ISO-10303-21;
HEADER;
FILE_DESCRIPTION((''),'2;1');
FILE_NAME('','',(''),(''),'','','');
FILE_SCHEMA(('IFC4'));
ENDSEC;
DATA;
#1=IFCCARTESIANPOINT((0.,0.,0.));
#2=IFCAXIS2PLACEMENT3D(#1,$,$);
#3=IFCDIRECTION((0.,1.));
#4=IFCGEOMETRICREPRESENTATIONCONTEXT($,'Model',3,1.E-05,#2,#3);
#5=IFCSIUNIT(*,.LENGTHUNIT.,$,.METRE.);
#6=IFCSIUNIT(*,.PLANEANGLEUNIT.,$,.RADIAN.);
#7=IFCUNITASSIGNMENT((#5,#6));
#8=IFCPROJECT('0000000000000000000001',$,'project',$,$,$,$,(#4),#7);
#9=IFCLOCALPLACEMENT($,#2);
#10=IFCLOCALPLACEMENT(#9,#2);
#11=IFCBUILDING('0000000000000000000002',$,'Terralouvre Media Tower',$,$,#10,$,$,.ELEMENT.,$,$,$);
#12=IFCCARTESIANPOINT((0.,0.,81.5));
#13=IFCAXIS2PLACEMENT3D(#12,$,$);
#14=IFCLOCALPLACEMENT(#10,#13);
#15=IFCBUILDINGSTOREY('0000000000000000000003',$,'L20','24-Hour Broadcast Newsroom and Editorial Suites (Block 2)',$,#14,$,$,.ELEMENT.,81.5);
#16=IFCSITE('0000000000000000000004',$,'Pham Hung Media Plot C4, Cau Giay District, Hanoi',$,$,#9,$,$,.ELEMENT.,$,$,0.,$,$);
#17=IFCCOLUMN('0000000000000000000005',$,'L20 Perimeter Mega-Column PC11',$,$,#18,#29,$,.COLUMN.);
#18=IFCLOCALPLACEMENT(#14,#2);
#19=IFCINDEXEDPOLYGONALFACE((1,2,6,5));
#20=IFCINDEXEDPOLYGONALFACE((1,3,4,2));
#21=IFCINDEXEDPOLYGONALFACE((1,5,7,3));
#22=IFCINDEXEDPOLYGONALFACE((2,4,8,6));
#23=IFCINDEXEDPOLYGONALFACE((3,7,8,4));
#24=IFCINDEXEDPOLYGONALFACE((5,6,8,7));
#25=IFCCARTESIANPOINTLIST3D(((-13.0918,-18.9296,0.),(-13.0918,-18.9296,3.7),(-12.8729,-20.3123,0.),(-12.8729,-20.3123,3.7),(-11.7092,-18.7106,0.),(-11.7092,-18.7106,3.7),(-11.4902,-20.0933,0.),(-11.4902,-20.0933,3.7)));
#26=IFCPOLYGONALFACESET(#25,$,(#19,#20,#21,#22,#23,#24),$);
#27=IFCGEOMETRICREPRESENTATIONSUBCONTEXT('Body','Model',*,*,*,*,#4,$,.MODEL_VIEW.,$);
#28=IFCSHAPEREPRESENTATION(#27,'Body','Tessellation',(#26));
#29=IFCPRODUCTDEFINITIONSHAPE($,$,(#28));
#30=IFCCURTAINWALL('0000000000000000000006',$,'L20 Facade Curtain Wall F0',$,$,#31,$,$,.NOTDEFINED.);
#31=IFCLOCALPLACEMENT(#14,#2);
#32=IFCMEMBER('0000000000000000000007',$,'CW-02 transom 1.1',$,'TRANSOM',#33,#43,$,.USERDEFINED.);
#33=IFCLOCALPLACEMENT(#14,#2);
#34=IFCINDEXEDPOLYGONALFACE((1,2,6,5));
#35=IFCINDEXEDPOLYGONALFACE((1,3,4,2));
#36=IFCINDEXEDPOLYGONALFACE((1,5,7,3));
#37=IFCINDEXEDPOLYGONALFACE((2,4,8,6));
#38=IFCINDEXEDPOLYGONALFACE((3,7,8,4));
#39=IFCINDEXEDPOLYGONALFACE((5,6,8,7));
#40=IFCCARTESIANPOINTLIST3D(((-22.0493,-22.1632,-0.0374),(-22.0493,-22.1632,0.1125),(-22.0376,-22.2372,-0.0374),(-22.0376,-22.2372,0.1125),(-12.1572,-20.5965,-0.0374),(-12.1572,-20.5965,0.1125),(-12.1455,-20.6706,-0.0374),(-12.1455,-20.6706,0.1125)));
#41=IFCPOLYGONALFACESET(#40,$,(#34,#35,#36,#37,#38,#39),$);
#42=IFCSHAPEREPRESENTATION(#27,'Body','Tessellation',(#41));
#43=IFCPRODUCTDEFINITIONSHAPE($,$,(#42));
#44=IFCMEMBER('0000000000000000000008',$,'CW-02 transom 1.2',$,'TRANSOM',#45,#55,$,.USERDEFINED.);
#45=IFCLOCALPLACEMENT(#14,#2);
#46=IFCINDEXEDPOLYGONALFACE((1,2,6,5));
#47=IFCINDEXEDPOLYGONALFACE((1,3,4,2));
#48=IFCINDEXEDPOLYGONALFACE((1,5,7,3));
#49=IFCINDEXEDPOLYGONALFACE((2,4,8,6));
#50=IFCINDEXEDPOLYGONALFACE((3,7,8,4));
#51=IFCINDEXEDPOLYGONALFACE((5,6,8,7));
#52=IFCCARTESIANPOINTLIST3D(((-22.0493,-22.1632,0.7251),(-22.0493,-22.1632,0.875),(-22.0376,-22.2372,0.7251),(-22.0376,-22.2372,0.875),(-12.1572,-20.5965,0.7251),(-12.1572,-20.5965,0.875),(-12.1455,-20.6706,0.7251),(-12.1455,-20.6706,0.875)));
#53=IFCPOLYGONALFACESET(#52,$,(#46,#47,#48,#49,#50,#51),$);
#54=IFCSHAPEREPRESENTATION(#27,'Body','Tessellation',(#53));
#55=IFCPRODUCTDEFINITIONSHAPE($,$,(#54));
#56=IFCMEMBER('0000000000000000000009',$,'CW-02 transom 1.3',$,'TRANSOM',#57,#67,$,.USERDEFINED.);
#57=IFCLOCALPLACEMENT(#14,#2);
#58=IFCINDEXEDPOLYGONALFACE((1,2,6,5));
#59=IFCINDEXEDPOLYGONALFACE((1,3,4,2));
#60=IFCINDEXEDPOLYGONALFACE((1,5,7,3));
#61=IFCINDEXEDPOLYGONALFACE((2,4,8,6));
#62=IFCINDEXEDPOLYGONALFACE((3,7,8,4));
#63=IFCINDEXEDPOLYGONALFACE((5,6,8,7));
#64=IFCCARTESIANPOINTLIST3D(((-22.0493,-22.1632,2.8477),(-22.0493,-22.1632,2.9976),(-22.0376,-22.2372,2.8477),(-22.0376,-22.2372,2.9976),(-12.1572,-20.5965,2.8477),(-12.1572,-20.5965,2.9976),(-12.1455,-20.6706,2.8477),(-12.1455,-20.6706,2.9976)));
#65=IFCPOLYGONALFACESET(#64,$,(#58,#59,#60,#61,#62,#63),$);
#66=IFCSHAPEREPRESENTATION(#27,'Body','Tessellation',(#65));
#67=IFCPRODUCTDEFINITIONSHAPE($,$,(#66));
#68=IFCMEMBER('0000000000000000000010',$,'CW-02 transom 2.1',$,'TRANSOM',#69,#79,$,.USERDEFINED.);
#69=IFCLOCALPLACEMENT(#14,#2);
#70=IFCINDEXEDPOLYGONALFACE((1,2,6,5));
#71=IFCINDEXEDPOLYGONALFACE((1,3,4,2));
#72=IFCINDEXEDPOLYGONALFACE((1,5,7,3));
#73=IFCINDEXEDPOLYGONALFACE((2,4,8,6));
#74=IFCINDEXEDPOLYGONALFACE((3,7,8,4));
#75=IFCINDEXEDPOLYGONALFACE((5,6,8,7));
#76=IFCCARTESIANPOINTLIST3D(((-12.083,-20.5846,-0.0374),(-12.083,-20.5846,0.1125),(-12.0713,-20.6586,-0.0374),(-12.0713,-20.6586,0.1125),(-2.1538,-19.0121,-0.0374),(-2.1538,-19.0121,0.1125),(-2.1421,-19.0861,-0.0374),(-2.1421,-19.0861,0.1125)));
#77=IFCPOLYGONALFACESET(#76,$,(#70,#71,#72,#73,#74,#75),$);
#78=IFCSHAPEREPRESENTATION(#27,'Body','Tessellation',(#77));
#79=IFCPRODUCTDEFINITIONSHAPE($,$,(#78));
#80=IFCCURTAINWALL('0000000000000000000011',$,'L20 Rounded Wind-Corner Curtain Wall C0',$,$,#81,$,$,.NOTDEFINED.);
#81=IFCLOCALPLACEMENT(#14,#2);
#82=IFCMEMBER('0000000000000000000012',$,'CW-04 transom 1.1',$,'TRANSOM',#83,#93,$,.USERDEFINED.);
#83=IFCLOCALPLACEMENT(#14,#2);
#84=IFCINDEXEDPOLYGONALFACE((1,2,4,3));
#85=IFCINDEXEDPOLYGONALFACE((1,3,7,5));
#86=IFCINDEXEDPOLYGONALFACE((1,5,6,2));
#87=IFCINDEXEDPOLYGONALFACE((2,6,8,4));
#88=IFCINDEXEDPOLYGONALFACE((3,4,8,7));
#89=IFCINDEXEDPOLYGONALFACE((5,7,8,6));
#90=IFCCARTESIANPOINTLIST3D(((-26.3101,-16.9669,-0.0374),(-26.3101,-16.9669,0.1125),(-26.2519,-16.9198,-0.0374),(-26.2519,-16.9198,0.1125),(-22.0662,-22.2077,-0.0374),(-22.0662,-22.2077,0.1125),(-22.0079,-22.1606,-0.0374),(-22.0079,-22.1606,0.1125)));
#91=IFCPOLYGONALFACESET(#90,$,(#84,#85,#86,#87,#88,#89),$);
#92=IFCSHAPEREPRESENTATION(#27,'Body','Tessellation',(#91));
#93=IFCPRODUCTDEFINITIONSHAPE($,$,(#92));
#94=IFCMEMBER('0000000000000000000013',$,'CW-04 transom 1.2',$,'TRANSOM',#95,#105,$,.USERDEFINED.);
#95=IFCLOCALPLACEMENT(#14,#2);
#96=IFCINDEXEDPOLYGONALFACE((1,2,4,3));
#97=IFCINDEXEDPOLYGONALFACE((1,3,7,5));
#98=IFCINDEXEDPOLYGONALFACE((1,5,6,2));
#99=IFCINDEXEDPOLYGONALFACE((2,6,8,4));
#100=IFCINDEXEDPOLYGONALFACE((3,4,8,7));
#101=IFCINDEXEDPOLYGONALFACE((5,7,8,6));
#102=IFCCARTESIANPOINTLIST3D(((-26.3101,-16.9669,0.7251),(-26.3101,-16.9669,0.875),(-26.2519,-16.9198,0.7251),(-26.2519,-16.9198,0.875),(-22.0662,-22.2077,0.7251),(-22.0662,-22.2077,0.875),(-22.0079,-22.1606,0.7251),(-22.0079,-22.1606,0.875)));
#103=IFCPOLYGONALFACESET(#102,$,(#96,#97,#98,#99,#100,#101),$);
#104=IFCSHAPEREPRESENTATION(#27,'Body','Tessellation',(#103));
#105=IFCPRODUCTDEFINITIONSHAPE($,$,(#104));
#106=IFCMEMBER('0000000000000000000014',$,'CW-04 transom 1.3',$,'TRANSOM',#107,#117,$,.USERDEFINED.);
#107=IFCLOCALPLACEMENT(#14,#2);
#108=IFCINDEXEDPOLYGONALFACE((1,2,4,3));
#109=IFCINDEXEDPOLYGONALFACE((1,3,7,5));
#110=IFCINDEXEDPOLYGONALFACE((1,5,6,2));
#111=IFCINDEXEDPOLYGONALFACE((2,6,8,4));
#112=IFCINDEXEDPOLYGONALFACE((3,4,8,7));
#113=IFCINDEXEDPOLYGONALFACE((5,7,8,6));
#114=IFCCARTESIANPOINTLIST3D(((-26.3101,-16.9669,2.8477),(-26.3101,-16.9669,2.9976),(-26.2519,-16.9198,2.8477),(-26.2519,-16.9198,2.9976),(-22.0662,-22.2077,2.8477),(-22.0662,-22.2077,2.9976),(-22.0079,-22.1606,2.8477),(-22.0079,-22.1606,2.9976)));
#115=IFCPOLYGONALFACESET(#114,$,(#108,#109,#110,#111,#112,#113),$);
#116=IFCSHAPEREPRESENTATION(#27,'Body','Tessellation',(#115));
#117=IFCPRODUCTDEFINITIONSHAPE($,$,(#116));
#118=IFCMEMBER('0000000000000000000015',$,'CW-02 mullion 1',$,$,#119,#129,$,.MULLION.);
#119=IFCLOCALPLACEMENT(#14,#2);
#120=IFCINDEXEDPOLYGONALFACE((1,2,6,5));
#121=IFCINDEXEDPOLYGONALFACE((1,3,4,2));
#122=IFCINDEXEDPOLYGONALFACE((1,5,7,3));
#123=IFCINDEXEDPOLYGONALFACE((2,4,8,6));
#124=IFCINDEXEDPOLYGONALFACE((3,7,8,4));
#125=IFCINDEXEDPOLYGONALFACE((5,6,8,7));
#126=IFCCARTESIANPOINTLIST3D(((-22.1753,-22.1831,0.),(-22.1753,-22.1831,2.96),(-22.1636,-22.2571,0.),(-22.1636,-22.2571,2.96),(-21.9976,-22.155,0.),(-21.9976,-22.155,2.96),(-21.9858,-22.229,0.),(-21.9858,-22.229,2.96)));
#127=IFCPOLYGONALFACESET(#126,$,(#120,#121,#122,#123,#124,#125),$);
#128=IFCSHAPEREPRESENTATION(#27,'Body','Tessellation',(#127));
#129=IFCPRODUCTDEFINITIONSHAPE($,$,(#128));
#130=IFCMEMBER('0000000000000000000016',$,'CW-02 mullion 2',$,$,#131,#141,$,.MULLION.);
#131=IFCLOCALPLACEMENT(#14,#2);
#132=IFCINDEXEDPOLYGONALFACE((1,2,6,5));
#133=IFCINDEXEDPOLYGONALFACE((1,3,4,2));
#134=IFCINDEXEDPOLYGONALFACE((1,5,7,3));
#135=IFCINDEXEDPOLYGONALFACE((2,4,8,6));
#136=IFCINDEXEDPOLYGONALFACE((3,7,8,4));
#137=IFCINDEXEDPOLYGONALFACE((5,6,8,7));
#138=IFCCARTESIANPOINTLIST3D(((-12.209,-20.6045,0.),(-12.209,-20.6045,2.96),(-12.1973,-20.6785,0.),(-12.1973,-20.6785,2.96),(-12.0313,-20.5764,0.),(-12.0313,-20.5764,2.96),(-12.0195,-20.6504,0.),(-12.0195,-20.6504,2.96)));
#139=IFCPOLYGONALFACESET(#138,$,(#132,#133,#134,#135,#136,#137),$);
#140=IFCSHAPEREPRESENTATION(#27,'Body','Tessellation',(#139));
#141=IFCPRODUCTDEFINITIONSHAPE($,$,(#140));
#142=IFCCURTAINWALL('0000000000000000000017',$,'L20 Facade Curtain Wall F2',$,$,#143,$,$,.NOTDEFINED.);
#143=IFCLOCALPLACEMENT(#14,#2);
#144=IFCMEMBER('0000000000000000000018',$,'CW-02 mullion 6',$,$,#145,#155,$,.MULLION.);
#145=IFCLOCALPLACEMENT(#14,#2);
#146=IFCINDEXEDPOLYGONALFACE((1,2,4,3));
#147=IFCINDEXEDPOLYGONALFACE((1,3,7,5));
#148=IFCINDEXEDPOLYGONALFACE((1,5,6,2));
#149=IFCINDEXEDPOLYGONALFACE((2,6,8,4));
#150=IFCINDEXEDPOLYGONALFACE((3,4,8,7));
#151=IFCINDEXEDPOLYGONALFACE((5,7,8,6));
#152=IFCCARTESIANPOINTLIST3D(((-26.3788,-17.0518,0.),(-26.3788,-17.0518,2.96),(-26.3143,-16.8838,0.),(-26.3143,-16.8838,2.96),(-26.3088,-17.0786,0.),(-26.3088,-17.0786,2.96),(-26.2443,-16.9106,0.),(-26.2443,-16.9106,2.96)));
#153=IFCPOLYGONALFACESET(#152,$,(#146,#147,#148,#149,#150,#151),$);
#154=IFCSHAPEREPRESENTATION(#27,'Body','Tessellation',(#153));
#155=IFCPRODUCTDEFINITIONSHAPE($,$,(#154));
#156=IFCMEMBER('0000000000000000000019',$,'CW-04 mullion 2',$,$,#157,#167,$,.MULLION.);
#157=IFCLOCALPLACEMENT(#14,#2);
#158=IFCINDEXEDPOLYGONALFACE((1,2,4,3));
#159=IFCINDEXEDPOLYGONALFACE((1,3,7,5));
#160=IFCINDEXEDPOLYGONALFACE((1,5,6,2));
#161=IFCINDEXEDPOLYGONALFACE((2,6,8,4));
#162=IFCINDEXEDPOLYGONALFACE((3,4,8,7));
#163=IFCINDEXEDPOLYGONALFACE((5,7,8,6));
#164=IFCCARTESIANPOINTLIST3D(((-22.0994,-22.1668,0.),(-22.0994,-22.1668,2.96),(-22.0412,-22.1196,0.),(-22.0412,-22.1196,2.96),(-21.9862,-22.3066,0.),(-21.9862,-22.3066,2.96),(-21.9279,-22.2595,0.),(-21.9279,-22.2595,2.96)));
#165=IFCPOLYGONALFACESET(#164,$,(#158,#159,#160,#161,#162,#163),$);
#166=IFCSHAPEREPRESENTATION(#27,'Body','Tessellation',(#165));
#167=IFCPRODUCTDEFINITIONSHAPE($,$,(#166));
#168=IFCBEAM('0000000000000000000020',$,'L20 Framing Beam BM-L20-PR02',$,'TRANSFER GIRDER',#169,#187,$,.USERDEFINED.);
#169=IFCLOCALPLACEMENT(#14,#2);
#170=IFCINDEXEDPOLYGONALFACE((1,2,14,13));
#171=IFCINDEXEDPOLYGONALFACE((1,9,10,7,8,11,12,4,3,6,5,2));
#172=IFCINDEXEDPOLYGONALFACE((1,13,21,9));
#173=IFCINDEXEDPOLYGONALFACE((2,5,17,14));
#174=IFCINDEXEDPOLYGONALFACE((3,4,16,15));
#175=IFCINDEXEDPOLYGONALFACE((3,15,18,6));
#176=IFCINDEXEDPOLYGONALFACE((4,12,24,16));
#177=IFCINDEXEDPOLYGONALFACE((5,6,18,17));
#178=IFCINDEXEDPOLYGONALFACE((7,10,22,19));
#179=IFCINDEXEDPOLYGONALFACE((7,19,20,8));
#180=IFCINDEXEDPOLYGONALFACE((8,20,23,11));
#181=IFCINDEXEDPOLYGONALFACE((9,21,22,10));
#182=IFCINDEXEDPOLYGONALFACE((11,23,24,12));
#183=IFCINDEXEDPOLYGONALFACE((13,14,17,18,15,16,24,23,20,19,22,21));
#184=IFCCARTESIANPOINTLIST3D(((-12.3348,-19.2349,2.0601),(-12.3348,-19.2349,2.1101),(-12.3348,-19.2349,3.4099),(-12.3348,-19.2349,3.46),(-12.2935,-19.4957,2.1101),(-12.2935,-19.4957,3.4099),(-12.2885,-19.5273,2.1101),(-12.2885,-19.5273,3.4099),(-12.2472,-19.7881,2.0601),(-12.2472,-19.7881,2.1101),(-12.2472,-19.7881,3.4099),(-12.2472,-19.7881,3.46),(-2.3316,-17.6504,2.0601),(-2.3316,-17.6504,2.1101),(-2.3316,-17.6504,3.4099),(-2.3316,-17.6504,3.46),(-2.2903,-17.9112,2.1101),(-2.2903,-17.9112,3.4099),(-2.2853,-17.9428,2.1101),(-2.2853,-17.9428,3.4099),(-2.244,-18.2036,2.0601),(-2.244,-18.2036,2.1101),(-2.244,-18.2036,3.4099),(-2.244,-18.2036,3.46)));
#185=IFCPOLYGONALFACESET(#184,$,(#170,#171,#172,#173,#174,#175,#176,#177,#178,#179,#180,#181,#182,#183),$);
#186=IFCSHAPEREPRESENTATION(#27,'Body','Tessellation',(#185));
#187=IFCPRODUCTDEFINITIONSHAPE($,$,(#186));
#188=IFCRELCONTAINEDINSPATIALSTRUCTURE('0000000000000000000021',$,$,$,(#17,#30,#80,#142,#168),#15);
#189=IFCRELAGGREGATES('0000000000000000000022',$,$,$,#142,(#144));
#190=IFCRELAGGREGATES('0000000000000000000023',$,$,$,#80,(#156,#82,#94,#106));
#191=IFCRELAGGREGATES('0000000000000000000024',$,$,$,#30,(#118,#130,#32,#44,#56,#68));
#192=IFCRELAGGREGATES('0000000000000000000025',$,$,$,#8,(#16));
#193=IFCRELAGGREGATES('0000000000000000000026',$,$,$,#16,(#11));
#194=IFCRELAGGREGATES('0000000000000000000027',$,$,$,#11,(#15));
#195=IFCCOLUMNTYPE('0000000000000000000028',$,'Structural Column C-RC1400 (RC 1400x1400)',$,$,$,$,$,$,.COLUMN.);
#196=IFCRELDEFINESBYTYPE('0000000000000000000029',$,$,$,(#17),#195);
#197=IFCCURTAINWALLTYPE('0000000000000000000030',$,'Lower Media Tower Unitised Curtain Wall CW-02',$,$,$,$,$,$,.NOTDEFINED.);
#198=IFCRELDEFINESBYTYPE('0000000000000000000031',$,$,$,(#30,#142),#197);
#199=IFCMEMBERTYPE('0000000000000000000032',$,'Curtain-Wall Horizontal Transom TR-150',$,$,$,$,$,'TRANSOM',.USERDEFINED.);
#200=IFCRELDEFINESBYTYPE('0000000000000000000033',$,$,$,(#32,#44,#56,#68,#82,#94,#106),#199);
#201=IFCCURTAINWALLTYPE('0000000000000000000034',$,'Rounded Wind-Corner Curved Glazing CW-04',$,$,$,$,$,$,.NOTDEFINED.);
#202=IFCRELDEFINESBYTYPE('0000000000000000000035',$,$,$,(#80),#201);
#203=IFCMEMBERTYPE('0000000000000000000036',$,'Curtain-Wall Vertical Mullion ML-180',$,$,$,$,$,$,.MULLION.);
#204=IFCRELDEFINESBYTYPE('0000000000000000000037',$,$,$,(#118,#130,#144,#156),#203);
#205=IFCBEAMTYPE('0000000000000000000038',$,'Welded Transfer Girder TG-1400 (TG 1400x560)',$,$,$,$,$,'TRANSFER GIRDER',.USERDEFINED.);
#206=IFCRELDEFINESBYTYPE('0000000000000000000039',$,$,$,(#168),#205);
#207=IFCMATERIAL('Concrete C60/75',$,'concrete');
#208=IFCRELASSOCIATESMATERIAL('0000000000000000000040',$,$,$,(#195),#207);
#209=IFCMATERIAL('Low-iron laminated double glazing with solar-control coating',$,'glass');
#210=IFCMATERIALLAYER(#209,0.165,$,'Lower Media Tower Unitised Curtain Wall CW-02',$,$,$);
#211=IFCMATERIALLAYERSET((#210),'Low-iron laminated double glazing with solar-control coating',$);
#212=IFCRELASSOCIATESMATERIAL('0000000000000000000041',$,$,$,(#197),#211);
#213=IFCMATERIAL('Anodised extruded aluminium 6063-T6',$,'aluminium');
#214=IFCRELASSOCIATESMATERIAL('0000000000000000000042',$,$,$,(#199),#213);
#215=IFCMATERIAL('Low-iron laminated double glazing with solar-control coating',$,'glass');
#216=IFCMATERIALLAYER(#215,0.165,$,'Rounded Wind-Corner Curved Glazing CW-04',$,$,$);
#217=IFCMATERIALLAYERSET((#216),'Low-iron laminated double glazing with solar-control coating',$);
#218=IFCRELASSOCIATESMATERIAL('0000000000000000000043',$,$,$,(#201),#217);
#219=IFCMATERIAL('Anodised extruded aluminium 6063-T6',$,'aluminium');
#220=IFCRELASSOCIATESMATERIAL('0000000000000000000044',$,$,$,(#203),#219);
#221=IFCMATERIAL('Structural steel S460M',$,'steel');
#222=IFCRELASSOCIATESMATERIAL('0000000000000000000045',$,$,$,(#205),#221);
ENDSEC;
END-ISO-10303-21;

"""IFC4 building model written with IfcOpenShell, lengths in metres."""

from ifc_helpers import new_model, si_unit, direction, frame, origin, origin_2d, place, context, subcontext, project, spatial, rectangle, i_section, extrude, material, layer, layer_set, material_profile, profile_set, type_object, element, aggregate, save


model = new_model("IFC4")

# Units and contexts
model_context = context("Model", 3, precision=1e-05, world=origin(), true_north=direction((0.0, 1.0)))
body_context = subcontext(model_context, "Body", "Model", "MODEL_VIEW")
ifc_project = project(units=[si_unit("LENGTHUNIT", "METRE"), si_unit("PLANEANGLEUNIT", "RADIAN")], contexts=[model_context])

# Site, building, storey
site_placement = place(None, origin())
site = spatial("IfcSite", under=ifc_project, at=site_placement, Name="Pham Hung Media Plot C4, Cau Giay District, Hanoi", CompositionType="ELEMENT", RefElevation=0.0)
building_placement = place(site_placement, origin())
building = spatial("IfcBuilding", under=site, at=building_placement, Name="Terralouvre Media Tower", CompositionType="ELEMENT")
storey_placement = place(building_placement, frame((0.0, 0.0, 81.5)))
storey = spatial("IfcBuildingStorey", under=building, at=storey_placement, Name="L20", Description="24-Hour Broadcast Newsroom and Editorial Suites (Block 2)", CompositionType="ELEMENT", Elevation=81.5)

# Column
ifc_material_1 = material(Name="Concrete C60/75", Category="concrete")
ifc_material_profile_1 = material_profile(ifc_material_1, rectangle(XDim=1.3999, YDim=1.3999, at=origin_2d()), Name="RC 1400x1400")
ifc_profile_set_1 = profile_set([ifc_material_profile_1], Name="Concrete C60/75")
column_type = type_object("IfcColumnType", Name="Structural Column C-RC1400 (RC 1400x1400)", PredefinedType="COLUMN", material=ifc_profile_set_1)
column_placement = place(storey_placement, frame((-12.291, -19.5115, 0.0), z_axis=(0.0, 0.0, 1.0), x_axis=(0.987688, 0.156434, 0.0)))
element("IfcColumn", 1, at=column_placement, inside=storey, type_object=column_type, Name="L20 Perimeter Mega-Column PC11", PredefinedType="COLUMN", context=body_context, shape_type="SweptSolid", body=[
    extrude(rectangle(XDim=1.3999, YDim=1.3999, at=origin_2d()), origin(), (0.0, 0.0, 1.0), 3.7),
])

# Curtain walls, members
ifc_material_2 = material(Name="Low-iron laminated double glazing with solar-control coating", Category="glass")
ifc_layer_1 = layer(ifc_material_2, 0.165, Name="Lower Media Tower Unitised Curtain Wall CW-02")
ifc_layer_set_1 = layer_set([ifc_layer_1], Name="Low-iron laminated double glazing with solar-control coating")
curtain_wall_type_1 = type_object("IfcCurtainWallType", Name="Lower Media Tower Unitised Curtain Wall CW-02", PredefinedType="NOTDEFINED", material=ifc_layer_set_1)
curtain_wall_1_placement = place(storey_placement, origin())
curtain_wall_1 = element("IfcCurtainWall", 2, at=curtain_wall_1_placement, inside=storey, type_object=curtain_wall_type_1, Name="L20 Facade Curtain Wall F0", PredefinedType="NOTDEFINED")
ifc_material_3 = material(Name="Anodised extruded aluminium 6063-T6", Category="aluminium")
ifc_material_profile_2 = material_profile(ifc_material_3, rectangle(XDim=0.075, YDim=0.1499, at=origin_2d()), Name="ALU 75x150")
ifc_profile_set_2 = profile_set([ifc_material_profile_2], Name="Anodised extruded aluminium 6063-T6")
member_type_1 = type_object("IfcMemberType", Name="Curtain-Wall Horizontal Transom TR-150", ElementType="TRANSOM", PredefinedType="USERDEFINED", material=ifc_profile_set_2)
member_1_placement = place(storey_placement, frame((-22.0435, -22.2002, 0.0376), z_axis=(0.98769, 0.156424, 0.0), x_axis=(-0.156424, 0.98769, 0.0)))
member_1 = element("IfcMember", 3, at=member_1_placement, type_object=member_type_1, Name="CW-02 transom 1.1", ObjectType="TRANSOM", PredefinedType="USERDEFINED", context=body_context, shape_type="SweptSolid", body=[
    extrude(rectangle(XDim=0.075, YDim=0.1499, at=origin_2d()), origin(), (0.0, 0.0, 1.0), 10.0154),
])
member_2_placement = place(storey_placement, frame((-22.0435, -22.2002, 0.8), z_axis=(0.98769, 0.156424, 0.0), x_axis=(-0.156424, 0.98769, 0.0)))
member_2 = element("IfcMember", 4, at=member_2_placement, type_object=member_type_1, Name="CW-02 transom 1.2", ObjectType="TRANSOM", PredefinedType="USERDEFINED", context=body_context, shape_type="SweptSolid", body=[
    extrude(rectangle(XDim=0.075, YDim=0.1499, at=origin_2d()), origin(), (0.0, 0.0, 1.0), 10.0154),
])
member_3_placement = place(storey_placement, frame((-22.0435, -22.2002, 2.9226), z_axis=(0.98769, 0.156424, 0.0), x_axis=(-0.156424, 0.98769, 0.0)))
member_3 = element("IfcMember", 5, at=member_3_placement, type_object=member_type_1, Name="CW-02 transom 1.3", ObjectType="TRANSOM", PredefinedType="USERDEFINED", context=body_context, shape_type="SweptSolid", body=[
    extrude(rectangle(XDim=0.075, YDim=0.1499, at=origin_2d()), origin(), (0.0, 0.0, 1.0), 10.0154),
])
member_4_placement = place(storey_placement, frame((-12.0771, -20.6216, 0.0376), z_axis=(0.98769, 0.156423, 0.0), x_axis=(-0.156423, 0.98769, 0.0)))
member_4 = element("IfcMember", 6, at=member_4_placement, type_object=member_type_1, Name="CW-02 transom 2.1", ObjectType="TRANSOM", PredefinedType="USERDEFINED", context=body_context, shape_type="SweptSolid", body=[
    extrude(rectangle(XDim=0.075, YDim=0.1499, at=origin_2d()), origin(), (0.0, 0.0, 1.0), 10.053),
])
ifc_material_4 = material(Name="Low-iron laminated double glazing with solar-control coating", Category="glass")
ifc_layer_2 = layer(ifc_material_4, 0.165, Name="Rounded Wind-Corner Curved Glazing CW-04")
ifc_layer_set_2 = layer_set([ifc_layer_2], Name="Low-iron laminated double glazing with solar-control coating")
curtain_wall_type_2 = type_object("IfcCurtainWallType", Name="Rounded Wind-Corner Curved Glazing CW-04", PredefinedType="NOTDEFINED", material=ifc_layer_set_2)
curtain_wall_2_placement = place(storey_placement, origin())
curtain_wall_2 = element("IfcCurtainWall", 7, at=curtain_wall_2_placement, inside=storey, type_object=curtain_wall_type_2, Name="L20 Rounded Wind-Corner Curtain Wall C0", PredefinedType="NOTDEFINED")
member_5_placement = place(storey_placement, frame((-26.281, -16.9434, 0.0376), z_axis=(0.629324, -0.777143, 0.0), x_axis=(0.777143, 0.629324, 0.0)))
member_5 = element("IfcMember", 8, at=member_5_placement, type_object=member_type_1, Name="CW-04 transom 1.1", ObjectType="TRANSOM", PredefinedType="USERDEFINED", context=body_context, shape_type="SweptSolid", body=[
    extrude(rectangle(XDim=0.075, YDim=0.1499, at=origin_2d()), origin(), (0.0, 0.0, 1.0), 6.7437),
])
member_6_placement = place(storey_placement, frame((-26.281, -16.9434, 0.8), z_axis=(0.629324, -0.777143, 0.0), x_axis=(0.777143, 0.629324, 0.0)))
member_6 = element("IfcMember", 9, at=member_6_placement, type_object=member_type_1, Name="CW-04 transom 1.2", ObjectType="TRANSOM", PredefinedType="USERDEFINED", context=body_context, shape_type="SweptSolid", body=[
    extrude(rectangle(XDim=0.075, YDim=0.1499, at=origin_2d()), origin(), (0.0, 0.0, 1.0), 6.7437),
])
member_7_placement = place(storey_placement, frame((-26.281, -16.9434, 2.9226), z_axis=(0.629324, -0.777143, 0.0), x_axis=(0.777143, 0.629324, 0.0)))
member_7 = element("IfcMember", 10, at=member_7_placement, type_object=member_type_1, Name="CW-04 transom 1.3", ObjectType="TRANSOM", PredefinedType="USERDEFINED", context=body_context, shape_type="SweptSolid", body=[
    extrude(rectangle(XDim=0.075, YDim=0.1499, at=origin_2d()), origin(), (0.0, 0.0, 1.0), 6.7437),
])

# Members
ifc_material_5 = material(Name="Anodised extruded aluminium 6063-T6", Category="aluminium")
ifc_material_profile_3 = material_profile(ifc_material_5, rectangle(XDim=0.075, YDim=0.1799, at=origin_2d()), Name="ALU 75x180")
ifc_profile_set_3 = profile_set([ifc_material_profile_3], Name="Anodised extruded aluminium 6063-T6")
member_type_2 = type_object("IfcMemberType", Name="Curtain-Wall Vertical Mullion ML-180", PredefinedType="MULLION", material=ifc_profile_set_3)
member_8_placement = place(storey_placement, frame((-22.0806, -22.2061, 0.0), z_axis=(0.0, 0.0, 1.0), x_axis=(-0.156434, 0.987688, 0.0)))
member_8 = element("IfcMember", 11, at=member_8_placement, type_object=member_type_2, Name="CW-02 mullion 1", PredefinedType="MULLION", context=body_context, shape_type="SweptSolid", body=[
    extrude(rectangle(XDim=0.075, YDim=0.1799, at=origin_2d()), origin(), (0.0, 0.0, 1.0), 2.96),
])
member_9_placement = place(storey_placement, frame((-12.1143, -20.6274, 0.0), z_axis=(0.0, 0.0, 1.0), x_axis=(-0.156434, 0.987688, 0.0)))
member_9 = element("IfcMember", 12, at=member_9_placement, type_object=member_type_2, Name="CW-02 mullion 2", PredefinedType="MULLION", context=body_context, shape_type="SweptSolid", body=[
    extrude(rectangle(XDim=0.075, YDim=0.1799, at=origin_2d()), origin(), (0.0, 0.0, 1.0), 2.96),
])

# Curtain wall, member
curtain_wall_3_placement = place(storey_placement, origin())
curtain_wall_3 = element("IfcCurtainWall", 13, at=curtain_wall_3_placement, inside=storey, type_object=curtain_wall_type_1, Name="L20 Facade Curtain Wall F2", PredefinedType="NOTDEFINED")
member_10_placement = place(storey_placement, frame((-26.3115, -16.9812, 0.0), z_axis=(0.0, 0.0, 1.0), x_axis=(0.93358, -0.358368, 0.0)))
member_10 = element("IfcMember", 14, at=member_10_placement, type_object=member_type_2, Name="CW-02 mullion 6", PredefinedType="MULLION", context=body_context, shape_type="SweptSolid", body=[
    extrude(rectangle(XDim=0.075, YDim=0.1799, at=origin_2d()), origin(), (0.0, 0.0, 1.0), 2.96),
])
aggregate(curtain_wall_3, [member_10])

# Member
member_11_placement = place(storey_placement, frame((-22.0137, -22.2131, 0.0), z_axis=(0.0, 0.0, 1.0), x_axis=(0.777146, 0.62932, 0.0)))
member_11 = element("IfcMember", 15, at=member_11_placement, type_object=member_type_2, Name="CW-04 mullion 2", PredefinedType="MULLION", context=body_context, shape_type="SweptSolid", body=[
    extrude(rectangle(XDim=0.075, YDim=0.1799, at=origin_2d()), origin(), (0.0, 0.0, 1.0), 2.96),
])

# Beam
ifc_material_6 = material(Name="Structural steel S460M", Category="steel")
ifc_material_profile_4 = material_profile(ifc_material_6, i_section(OverallWidth=0.5601, OverallDepth=1.3999, WebThickness=0.032, FlangeThickness=0.05, at=origin_2d()), Name="TG 1400x560")
ifc_profile_set_4 = profile_set([ifc_material_profile_4], Name="Structural steel S460M")
beam_type = type_object("IfcBeamType", Name="Welded Transfer Girder TG-1400 (TG 1400x560)", ElementType="TRANSFER GIRDER", PredefinedType="USERDEFINED", material=ifc_profile_set_4)
beam_placement = place(storey_placement, frame((-12.291, -19.5115, 2.76), z_axis=(0.987686, 0.156447, 0.0), x_axis=(-0.156447, 0.987686, 0.0)))
element("IfcBeam", 16, at=beam_placement, inside=storey, type_object=beam_type, Name="L20 Framing Beam BM-L20-PR02", ObjectType="TRANSFER GIRDER", PredefinedType="USERDEFINED", context=body_context, shape_type="SweptSolid", body=[
    extrude(i_section(OverallWidth=0.5601, OverallDepth=1.3999, WebThickness=0.032, FlangeThickness=0.05, at=origin_2d()), origin(), (0.0, 0.0, 1.0), 10.1279),
])

aggregate(curtain_wall_2, [member_11, member_5, member_6, member_7])
aggregate(curtain_wall_1, [member_8, member_9, member_1, member_2, member_3, member_4])

save(model, "model.ifc")
